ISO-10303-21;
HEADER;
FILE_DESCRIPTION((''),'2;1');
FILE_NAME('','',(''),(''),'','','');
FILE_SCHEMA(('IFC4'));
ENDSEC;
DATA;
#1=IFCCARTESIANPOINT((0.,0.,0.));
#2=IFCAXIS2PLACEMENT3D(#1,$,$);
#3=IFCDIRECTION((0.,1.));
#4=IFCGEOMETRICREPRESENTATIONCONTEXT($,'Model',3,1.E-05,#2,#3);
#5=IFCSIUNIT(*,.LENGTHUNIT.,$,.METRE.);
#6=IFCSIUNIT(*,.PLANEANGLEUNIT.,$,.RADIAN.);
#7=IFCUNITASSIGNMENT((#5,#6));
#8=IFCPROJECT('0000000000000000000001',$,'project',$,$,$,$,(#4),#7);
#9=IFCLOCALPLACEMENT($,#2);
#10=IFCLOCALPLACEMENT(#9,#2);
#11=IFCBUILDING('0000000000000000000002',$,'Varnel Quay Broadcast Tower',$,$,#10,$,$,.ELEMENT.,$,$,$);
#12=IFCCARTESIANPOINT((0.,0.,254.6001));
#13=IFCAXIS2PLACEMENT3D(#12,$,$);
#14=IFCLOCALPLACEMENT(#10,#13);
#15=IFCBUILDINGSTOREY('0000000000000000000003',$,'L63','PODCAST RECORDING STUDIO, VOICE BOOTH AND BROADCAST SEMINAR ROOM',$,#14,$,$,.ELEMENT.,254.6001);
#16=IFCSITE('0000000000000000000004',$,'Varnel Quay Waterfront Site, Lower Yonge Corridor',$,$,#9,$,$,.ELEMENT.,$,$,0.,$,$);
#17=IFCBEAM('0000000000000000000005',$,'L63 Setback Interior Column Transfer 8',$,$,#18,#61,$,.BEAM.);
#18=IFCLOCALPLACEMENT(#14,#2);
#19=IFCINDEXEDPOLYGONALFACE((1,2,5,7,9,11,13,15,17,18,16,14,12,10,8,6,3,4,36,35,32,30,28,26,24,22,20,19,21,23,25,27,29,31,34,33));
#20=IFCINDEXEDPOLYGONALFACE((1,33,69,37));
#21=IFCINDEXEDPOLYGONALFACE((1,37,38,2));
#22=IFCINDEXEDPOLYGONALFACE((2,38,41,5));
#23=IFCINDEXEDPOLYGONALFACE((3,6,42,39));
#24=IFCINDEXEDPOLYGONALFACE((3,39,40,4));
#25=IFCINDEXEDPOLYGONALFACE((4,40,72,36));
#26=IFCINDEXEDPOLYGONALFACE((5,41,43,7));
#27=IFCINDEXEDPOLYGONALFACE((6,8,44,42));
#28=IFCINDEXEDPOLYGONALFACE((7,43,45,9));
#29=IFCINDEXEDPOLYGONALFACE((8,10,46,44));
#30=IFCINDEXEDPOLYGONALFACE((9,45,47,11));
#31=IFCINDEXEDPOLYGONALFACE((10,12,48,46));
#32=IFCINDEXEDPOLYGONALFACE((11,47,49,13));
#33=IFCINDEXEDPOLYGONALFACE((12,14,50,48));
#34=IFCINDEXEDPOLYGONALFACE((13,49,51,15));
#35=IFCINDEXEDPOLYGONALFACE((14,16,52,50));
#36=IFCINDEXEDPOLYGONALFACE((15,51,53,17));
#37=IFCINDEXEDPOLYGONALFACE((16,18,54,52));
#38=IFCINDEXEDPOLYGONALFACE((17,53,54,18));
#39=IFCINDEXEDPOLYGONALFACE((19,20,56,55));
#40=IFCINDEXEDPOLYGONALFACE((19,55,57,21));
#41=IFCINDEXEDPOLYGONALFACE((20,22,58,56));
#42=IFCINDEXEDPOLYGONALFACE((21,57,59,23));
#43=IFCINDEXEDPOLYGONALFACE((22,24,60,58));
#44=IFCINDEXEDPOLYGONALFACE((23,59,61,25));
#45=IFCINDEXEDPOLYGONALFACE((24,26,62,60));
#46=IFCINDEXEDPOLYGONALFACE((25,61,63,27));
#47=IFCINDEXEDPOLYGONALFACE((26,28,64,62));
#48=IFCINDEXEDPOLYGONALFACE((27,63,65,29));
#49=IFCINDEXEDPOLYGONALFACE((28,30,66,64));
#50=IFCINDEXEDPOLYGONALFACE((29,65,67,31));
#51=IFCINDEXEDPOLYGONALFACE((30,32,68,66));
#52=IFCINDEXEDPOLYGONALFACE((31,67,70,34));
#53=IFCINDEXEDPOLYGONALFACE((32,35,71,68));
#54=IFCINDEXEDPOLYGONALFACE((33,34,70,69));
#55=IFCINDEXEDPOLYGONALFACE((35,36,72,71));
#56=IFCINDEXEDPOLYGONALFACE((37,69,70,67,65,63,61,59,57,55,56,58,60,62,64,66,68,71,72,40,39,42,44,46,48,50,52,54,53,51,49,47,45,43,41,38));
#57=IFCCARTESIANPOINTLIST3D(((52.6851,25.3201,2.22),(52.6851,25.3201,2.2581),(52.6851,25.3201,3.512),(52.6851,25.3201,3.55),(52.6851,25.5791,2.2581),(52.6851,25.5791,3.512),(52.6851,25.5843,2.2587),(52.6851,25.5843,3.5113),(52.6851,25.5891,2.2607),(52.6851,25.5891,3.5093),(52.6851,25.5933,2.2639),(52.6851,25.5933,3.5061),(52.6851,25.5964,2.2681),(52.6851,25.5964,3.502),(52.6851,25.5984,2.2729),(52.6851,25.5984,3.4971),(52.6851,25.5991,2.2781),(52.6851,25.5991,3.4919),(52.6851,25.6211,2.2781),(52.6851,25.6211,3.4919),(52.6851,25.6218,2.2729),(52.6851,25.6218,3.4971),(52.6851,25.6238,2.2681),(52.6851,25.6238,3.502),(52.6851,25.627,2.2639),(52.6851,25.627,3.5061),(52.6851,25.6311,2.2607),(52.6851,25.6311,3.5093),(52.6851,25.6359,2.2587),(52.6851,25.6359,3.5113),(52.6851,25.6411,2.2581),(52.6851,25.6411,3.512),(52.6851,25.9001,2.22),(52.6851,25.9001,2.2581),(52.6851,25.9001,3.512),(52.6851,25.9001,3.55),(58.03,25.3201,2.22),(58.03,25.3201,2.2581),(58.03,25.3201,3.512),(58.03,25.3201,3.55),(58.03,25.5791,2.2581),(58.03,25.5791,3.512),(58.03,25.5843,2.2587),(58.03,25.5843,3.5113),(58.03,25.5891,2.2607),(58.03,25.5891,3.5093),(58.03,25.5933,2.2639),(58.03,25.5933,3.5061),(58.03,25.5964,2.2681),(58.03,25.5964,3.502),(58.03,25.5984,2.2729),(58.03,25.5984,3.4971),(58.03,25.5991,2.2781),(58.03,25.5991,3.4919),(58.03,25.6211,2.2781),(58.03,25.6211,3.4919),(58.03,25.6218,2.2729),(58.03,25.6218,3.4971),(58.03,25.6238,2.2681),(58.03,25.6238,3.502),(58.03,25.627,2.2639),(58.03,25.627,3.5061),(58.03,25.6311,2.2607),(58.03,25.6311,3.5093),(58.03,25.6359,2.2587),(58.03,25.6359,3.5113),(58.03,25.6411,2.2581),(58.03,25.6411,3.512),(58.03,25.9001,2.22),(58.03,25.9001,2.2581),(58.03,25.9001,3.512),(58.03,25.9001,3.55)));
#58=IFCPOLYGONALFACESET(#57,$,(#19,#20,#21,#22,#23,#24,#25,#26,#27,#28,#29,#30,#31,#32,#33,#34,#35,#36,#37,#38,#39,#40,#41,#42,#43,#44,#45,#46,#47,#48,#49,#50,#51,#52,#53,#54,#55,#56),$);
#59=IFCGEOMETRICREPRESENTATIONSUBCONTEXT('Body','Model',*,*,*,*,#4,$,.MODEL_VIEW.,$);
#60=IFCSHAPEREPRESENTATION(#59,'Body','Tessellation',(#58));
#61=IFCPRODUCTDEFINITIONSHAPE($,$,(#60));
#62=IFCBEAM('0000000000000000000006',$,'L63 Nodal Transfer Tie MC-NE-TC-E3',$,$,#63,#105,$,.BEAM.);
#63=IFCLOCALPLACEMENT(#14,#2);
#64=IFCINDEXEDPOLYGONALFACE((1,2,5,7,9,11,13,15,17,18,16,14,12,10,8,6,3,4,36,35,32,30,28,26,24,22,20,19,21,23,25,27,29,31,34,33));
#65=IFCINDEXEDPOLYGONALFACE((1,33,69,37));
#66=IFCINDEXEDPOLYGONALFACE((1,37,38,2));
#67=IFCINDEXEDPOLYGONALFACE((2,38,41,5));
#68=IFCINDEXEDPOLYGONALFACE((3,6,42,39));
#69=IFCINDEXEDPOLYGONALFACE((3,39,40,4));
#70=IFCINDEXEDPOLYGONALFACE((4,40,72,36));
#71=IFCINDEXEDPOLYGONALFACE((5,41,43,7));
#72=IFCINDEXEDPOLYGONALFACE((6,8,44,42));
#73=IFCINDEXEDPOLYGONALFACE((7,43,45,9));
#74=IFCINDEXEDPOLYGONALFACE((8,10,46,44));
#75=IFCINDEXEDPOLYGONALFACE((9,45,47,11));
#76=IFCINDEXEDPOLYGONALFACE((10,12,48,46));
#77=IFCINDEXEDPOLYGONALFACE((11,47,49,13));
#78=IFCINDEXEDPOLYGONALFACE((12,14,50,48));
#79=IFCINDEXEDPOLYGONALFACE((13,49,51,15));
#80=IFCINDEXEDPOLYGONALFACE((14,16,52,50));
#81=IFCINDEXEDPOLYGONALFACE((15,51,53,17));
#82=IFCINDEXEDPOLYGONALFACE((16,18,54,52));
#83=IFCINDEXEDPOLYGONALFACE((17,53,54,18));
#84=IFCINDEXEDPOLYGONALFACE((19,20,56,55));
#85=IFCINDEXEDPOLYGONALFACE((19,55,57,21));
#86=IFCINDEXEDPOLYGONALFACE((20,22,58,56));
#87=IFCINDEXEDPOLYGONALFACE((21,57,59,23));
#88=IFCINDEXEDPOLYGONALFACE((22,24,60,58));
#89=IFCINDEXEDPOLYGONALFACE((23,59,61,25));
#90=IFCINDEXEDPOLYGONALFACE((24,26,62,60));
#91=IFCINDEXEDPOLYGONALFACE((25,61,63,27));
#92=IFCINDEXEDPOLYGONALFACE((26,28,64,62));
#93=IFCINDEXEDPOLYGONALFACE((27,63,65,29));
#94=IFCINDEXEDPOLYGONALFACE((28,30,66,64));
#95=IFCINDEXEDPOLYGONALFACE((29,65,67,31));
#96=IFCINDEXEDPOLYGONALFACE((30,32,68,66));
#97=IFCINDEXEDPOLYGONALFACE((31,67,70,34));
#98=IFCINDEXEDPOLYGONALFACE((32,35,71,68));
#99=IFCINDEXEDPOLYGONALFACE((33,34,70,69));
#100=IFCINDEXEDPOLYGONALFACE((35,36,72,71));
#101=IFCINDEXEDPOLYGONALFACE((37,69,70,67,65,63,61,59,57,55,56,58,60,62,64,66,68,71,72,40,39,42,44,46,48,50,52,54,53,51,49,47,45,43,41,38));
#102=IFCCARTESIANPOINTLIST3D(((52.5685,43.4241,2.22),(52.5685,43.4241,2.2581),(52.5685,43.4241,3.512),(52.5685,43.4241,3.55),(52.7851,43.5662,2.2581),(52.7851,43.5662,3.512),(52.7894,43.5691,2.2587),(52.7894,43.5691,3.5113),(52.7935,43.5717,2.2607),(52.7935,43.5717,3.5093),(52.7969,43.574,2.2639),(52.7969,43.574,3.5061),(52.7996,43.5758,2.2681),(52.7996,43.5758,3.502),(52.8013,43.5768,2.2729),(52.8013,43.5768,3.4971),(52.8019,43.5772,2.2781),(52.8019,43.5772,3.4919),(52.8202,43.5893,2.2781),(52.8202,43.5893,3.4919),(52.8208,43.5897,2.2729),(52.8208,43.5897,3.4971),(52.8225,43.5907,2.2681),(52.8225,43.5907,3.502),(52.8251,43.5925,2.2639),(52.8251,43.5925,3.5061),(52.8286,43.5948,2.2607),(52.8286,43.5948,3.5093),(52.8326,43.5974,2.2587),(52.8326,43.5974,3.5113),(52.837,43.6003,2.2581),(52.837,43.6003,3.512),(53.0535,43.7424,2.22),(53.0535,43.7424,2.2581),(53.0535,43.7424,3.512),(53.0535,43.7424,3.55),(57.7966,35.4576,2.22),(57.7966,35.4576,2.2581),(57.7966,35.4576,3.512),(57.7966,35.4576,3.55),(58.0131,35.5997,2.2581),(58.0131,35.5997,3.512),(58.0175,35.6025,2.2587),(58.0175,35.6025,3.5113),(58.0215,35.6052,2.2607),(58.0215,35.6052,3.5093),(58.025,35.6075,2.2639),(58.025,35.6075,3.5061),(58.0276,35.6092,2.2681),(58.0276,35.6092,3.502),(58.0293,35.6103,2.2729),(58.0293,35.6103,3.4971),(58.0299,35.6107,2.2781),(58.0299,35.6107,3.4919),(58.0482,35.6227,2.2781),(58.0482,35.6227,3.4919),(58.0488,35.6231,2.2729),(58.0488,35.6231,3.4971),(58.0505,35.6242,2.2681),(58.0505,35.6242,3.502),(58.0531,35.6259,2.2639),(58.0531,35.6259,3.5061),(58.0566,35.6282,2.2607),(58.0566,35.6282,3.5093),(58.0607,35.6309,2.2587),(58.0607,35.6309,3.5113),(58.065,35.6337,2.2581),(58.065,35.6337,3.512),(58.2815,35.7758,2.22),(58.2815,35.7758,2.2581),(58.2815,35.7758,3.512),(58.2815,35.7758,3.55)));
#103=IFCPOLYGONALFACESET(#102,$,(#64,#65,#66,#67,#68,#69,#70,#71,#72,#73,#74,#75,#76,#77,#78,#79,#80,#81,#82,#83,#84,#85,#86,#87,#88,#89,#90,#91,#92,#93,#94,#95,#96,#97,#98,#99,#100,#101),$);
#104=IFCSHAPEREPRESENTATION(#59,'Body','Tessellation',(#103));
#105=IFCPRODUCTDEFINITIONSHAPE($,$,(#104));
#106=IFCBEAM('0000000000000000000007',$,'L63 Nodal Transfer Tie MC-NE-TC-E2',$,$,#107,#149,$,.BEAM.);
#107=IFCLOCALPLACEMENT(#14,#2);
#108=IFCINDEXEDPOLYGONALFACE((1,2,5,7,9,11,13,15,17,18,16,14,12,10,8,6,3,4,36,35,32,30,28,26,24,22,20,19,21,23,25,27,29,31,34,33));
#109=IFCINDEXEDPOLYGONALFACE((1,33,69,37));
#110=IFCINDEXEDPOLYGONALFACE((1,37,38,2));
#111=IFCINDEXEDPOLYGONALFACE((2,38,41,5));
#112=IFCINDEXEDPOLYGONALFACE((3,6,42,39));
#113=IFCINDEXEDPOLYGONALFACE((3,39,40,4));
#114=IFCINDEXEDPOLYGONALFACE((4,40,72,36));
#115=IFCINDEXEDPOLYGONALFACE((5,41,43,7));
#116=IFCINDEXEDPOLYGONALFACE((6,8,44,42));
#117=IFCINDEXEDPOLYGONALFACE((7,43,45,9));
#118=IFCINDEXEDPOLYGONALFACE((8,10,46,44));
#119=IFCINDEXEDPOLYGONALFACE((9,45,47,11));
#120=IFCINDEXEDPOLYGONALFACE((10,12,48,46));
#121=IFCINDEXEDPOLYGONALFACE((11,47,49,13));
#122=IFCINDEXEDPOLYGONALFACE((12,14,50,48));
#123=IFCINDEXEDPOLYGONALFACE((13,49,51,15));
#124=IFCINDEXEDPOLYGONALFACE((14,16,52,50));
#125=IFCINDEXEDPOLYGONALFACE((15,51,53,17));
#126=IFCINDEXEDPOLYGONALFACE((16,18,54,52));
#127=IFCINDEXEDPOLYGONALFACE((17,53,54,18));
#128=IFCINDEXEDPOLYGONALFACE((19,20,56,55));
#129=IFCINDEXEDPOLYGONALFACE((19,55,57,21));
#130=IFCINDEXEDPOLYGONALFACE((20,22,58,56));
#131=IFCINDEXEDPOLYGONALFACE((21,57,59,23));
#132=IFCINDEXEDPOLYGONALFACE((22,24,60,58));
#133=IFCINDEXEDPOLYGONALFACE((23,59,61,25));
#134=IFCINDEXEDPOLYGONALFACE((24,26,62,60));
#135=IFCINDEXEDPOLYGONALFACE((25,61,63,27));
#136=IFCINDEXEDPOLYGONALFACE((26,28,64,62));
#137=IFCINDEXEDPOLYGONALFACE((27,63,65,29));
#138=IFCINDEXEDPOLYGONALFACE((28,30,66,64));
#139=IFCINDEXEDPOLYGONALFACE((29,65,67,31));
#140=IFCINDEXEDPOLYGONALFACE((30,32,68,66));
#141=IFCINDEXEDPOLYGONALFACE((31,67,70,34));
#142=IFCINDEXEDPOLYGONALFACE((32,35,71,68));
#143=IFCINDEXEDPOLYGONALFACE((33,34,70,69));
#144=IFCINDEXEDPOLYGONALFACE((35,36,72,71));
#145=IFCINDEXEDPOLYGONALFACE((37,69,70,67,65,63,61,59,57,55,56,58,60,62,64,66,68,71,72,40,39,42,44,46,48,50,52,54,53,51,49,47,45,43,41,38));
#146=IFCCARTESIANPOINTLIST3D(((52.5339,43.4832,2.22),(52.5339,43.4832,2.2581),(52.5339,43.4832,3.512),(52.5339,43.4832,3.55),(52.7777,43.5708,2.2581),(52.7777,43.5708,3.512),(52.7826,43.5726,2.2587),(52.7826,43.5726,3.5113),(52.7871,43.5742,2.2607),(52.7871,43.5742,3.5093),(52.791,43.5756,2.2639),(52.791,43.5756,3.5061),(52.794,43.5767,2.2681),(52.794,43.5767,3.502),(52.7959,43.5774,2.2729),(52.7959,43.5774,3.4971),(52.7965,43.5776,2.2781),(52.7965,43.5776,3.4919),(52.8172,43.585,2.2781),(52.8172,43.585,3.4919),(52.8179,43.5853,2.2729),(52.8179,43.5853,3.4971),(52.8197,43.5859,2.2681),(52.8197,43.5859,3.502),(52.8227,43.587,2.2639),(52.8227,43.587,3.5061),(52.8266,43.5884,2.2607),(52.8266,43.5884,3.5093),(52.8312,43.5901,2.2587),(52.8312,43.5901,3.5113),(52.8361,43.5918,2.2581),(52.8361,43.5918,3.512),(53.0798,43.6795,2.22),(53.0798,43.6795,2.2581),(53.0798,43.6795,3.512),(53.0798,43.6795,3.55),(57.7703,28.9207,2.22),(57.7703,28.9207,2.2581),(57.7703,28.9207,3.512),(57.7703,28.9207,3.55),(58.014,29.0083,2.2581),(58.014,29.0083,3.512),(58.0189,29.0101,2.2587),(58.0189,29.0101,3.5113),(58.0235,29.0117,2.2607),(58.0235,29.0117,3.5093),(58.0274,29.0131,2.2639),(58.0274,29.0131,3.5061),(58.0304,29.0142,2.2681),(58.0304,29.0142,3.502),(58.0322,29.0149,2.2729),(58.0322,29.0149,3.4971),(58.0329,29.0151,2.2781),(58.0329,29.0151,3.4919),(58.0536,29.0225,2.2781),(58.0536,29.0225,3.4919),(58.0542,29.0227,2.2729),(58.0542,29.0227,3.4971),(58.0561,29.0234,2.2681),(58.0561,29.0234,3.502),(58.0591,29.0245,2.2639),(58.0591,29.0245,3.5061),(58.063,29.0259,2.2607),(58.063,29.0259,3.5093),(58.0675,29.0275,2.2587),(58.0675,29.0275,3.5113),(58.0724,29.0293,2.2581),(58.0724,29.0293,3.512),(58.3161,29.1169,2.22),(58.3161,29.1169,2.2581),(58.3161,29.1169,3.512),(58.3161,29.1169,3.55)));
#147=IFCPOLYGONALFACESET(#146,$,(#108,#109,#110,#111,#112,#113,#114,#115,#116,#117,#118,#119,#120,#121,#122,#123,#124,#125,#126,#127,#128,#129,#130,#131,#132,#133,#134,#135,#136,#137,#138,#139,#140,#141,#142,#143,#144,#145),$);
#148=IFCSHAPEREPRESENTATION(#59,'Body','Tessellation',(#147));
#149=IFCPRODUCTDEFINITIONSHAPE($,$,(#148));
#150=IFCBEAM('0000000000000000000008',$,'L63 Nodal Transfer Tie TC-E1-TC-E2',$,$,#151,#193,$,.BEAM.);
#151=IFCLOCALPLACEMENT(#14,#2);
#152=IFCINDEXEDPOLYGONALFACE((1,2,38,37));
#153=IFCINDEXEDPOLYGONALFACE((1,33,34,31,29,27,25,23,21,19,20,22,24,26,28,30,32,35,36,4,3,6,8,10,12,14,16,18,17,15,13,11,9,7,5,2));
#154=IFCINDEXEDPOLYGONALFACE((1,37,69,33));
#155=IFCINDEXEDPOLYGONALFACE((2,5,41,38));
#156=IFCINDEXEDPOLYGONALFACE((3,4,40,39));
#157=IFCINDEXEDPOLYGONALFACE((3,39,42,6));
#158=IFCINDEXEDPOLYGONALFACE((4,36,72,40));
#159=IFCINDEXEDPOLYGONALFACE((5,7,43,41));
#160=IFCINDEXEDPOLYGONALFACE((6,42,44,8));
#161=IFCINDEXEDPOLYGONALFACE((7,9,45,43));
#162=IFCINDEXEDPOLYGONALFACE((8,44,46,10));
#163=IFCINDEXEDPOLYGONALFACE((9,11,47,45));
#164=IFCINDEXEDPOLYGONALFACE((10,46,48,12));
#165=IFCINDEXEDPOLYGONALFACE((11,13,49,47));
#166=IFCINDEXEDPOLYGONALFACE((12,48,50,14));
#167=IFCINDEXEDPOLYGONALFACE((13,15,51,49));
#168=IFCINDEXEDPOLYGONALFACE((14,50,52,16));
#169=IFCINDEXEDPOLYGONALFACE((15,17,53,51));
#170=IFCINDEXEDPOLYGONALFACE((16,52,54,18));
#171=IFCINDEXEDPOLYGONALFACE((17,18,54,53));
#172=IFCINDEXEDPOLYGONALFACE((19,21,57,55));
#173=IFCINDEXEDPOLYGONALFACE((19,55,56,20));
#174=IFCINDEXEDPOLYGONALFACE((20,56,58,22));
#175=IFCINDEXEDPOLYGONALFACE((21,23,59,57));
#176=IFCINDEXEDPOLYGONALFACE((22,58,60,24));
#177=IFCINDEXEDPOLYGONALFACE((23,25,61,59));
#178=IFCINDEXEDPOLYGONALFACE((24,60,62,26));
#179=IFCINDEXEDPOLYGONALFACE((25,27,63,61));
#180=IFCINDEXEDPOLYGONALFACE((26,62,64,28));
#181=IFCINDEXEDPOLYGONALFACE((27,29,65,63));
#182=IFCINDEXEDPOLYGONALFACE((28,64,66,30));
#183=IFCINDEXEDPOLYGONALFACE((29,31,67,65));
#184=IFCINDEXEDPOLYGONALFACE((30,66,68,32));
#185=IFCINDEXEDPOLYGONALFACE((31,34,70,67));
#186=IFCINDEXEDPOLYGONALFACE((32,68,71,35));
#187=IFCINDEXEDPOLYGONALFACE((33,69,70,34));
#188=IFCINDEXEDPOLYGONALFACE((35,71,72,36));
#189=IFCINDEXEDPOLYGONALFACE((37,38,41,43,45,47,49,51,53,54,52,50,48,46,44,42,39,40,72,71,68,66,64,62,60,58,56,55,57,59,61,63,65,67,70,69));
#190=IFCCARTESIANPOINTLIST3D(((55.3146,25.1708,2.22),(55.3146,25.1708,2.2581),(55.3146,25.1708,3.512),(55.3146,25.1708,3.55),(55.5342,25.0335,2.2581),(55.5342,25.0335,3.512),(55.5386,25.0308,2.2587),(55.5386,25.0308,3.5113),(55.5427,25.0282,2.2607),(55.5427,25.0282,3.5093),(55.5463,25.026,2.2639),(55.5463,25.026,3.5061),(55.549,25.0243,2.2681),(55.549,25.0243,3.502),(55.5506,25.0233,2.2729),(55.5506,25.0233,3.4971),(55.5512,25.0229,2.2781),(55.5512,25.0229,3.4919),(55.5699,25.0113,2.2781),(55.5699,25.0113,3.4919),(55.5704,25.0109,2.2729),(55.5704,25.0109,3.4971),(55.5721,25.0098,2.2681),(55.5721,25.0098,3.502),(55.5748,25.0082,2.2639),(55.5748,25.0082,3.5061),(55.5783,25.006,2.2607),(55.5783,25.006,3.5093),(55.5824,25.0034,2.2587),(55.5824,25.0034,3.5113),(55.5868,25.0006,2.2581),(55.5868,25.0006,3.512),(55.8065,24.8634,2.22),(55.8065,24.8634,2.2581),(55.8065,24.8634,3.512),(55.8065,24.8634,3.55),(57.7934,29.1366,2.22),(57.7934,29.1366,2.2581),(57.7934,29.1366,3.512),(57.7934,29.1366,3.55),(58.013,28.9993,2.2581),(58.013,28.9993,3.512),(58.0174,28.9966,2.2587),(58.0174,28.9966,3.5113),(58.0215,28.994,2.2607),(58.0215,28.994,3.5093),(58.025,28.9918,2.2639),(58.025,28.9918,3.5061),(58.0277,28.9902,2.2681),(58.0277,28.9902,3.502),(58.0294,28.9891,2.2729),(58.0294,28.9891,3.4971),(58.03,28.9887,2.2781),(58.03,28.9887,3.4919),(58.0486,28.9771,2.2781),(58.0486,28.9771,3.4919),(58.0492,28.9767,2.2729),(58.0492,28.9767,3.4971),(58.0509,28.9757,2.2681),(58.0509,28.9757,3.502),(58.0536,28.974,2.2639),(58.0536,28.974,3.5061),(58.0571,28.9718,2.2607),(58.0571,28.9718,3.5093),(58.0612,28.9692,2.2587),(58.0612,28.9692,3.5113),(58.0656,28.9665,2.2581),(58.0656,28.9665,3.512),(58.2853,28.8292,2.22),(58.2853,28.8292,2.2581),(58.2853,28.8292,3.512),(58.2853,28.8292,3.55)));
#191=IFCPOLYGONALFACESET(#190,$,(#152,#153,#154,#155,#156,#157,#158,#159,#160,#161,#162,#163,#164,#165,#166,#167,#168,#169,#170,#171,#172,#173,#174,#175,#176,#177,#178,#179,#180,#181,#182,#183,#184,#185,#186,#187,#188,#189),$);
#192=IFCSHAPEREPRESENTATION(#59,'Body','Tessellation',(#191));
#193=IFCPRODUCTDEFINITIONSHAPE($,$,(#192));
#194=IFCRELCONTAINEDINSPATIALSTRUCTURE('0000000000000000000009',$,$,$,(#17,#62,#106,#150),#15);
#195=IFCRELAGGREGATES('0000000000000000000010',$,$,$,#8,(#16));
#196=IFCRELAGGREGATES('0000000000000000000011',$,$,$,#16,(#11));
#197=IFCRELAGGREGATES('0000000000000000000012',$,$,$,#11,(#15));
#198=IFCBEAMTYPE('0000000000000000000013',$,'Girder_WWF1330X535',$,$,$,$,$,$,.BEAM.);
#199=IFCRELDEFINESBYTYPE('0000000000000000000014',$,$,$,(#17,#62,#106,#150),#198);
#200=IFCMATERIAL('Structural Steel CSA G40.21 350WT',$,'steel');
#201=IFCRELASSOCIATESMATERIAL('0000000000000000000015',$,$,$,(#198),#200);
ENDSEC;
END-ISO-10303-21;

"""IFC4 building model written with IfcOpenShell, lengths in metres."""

from ifc_helpers import new_model, si_unit, direction, frame, origin, origin_2d, place, context, subcontext, project, spatial, i_section, extrude, source, transform, mapped, material, material_profile, profile_set, type_object, element, save


model = new_model("IFC4")

# Units and contexts
model_context = context("Model", 3, precision=1e-05, world=origin(), true_north=direction((0.0, 1.0)))
body_context = subcontext(model_context, "Body", "Model", "MODEL_VIEW")
ifc_project = project(units=[si_unit("LENGTHUNIT", "METRE"), si_unit("PLANEANGLEUNIT", "RADIAN")], contexts=[model_context])

# Site, building, storey
site_placement = place(None, origin())
site = spatial("IfcSite", under=ifc_project, at=site_placement, Name="Varnel Quay Waterfront Site, Lower Yonge Corridor", CompositionType="ELEMENT", RefElevation=0.0)
building_placement = place(site_placement, origin())
building = spatial("IfcBuilding", under=site, at=building_placement, Name="Varnel Quay Broadcast Tower", CompositionType="ELEMENT")
storey_placement = place(building_placement, frame((0.0, 0.0, 254.6001)))
storey = spatial("IfcBuildingStorey", under=building, at=storey_placement, Name="L63", Description="PODCAST RECORDING STUDIO, VOICE BOOTH AND BROADCAST SEMINAR ROOM", CompositionType="ELEMENT", Elevation=254.6001)

# Shared definitions
ifc_material_1 = material(Name="Structural Steel CSA G40.21 350WT", Category="steel")

# Beams
ifc_material_profile_1 = material_profile(ifc_material_1, i_section(OverallWidth=0.5801, OverallDepth=1.3301, WebThickness=0.022, FlangeThickness=0.0381, FilletRadius=0.02, at=origin_2d()), Name="WWF1330X535")
ifc_profile_set_1 = profile_set([ifc_material_profile_1], Name="Structural Steel CSA G40.21 350WT")
beam_type = type_object("IfcBeamType", Name="Girder_WWF1330X535", PredefinedType="BEAM", material=ifc_profile_set_1)
shared_shape_1 = source(origin(), body_context, "Body", "SweptSolid", [
    extrude(i_section(OverallWidth=0.5801, OverallDepth=1.3301, WebThickness=0.022, FlangeThickness=0.0381, FilletRadius=0.02, at=origin_2d()), origin(), (0.0, 0.0, 1.0), 5.345),
])
beam_1_placement = place(storey_placement, frame((52.6851, 25.6101, 2.885), z_axis=(1.0, 0.0, 0.0), x_axis=(0.0, 1.0, 0.0)))
element("IfcBeam", 1, at=beam_1_placement, inside=storey, type_object=beam_type, Name="L63 Setback Interior Column Transfer 8", PredefinedType="BEAM", context=body_context, shape_type="MappedRepresentation", body=[
    mapped(shared_shape_1, transform((0.0, 0.0, 0.0), x_axis=(1.0, 0.0, 0.0), y_axis=(0.0, 1.0, 0.0), z_axis=(0.0, 0.0, 1.0), scale=1.0)),
])
shared_shape_2 = source(origin(), body_context, "Body", "SweptSolid", [
    extrude(i_section(OverallWidth=0.5801, OverallDepth=1.3301, WebThickness=0.022, FlangeThickness=0.0381, FilletRadius=0.02, at=origin_2d()), origin(), (0.0, 0.0, 1.0), 9.5288),
])
beam_2_placement = place(storey_placement, frame((58.0391, 35.6167, 2.885), z_axis=(-0.548655, 0.836049, 0.0), x_axis=(-0.836049, -0.548655, 0.0)))
element("IfcBeam", 2, at=beam_2_placement, inside=storey, type_object=beam_type, Name="L63 Nodal Transfer Tie MC-NE-TC-E3", PredefinedType="BEAM", context=body_context, shape_type="MappedRepresentation", body=[
    mapped(shared_shape_2, transform((0.0, 0.0, 0.0), x_axis=(1.0, 0.0, 0.0), y_axis=(0.0, 1.0, 0.0), z_axis=(0.0, 0.0, 1.0), scale=1.0)),
])
shared_shape_3 = source(origin(), body_context, "Body", "SweptSolid", [
    extrude(i_section(OverallWidth=0.5801, OverallDepth=1.3301, WebThickness=0.022, FlangeThickness=0.0381, FilletRadius=0.02, at=origin_2d()), origin(), (0.0, 0.0, 1.0), 15.4753),
])
beam_3_placement = place(storey_placement, frame((58.0432, 29.0188, 2.885), z_axis=(-0.338366, 0.941014, 0.0), x_axis=(-0.941014, -0.338366, 0.0)))
element("IfcBeam", 3, at=beam_3_placement, inside=storey, type_object=beam_type, Name="L63 Nodal Transfer Tie MC-NE-TC-E2", PredefinedType="BEAM", context=body_context, shape_type="MappedRepresentation", body=[
    mapped(shared_shape_3, transform((0.0, 0.0, 0.0), x_axis=(1.0, 0.0, 0.0), y_axis=(0.0, 1.0, 0.0), z_axis=(0.0, 0.0, 1.0), scale=1.0)),
])
shared_shape_4 = source(origin(), body_context, "Body", "SweptSolid", [
    extrude(i_section(OverallWidth=0.5801, OverallDepth=1.3301, WebThickness=0.022, FlangeThickness=0.0381, FilletRadius=0.02, at=origin_2d()), origin(), (0.0, 0.0, 1.0), 4.6768),
])
beam_4_placement = place(storey_placement, frame((58.0393, 28.9829, 2.885), z_axis=(-0.530018, -0.847987, 0.0), x_axis=(0.847987, -0.530018, 0.0)))
element("IfcBeam", 4, at=beam_4_placement, inside=storey, type_object=beam_type, Name="L63 Nodal Transfer Tie TC-E1-TC-E2", PredefinedType="BEAM", context=body_context, shape_type="MappedRepresentation", body=[
    mapped(shared_shape_4, transform((0.0, 0.0, 0.0), x_axis=(1.0, 0.0, 0.0), y_axis=(0.0, 1.0, 0.0), z_axis=(0.0, 0.0, 1.0), scale=1.0)),
])

save(model, "model.ifc")
